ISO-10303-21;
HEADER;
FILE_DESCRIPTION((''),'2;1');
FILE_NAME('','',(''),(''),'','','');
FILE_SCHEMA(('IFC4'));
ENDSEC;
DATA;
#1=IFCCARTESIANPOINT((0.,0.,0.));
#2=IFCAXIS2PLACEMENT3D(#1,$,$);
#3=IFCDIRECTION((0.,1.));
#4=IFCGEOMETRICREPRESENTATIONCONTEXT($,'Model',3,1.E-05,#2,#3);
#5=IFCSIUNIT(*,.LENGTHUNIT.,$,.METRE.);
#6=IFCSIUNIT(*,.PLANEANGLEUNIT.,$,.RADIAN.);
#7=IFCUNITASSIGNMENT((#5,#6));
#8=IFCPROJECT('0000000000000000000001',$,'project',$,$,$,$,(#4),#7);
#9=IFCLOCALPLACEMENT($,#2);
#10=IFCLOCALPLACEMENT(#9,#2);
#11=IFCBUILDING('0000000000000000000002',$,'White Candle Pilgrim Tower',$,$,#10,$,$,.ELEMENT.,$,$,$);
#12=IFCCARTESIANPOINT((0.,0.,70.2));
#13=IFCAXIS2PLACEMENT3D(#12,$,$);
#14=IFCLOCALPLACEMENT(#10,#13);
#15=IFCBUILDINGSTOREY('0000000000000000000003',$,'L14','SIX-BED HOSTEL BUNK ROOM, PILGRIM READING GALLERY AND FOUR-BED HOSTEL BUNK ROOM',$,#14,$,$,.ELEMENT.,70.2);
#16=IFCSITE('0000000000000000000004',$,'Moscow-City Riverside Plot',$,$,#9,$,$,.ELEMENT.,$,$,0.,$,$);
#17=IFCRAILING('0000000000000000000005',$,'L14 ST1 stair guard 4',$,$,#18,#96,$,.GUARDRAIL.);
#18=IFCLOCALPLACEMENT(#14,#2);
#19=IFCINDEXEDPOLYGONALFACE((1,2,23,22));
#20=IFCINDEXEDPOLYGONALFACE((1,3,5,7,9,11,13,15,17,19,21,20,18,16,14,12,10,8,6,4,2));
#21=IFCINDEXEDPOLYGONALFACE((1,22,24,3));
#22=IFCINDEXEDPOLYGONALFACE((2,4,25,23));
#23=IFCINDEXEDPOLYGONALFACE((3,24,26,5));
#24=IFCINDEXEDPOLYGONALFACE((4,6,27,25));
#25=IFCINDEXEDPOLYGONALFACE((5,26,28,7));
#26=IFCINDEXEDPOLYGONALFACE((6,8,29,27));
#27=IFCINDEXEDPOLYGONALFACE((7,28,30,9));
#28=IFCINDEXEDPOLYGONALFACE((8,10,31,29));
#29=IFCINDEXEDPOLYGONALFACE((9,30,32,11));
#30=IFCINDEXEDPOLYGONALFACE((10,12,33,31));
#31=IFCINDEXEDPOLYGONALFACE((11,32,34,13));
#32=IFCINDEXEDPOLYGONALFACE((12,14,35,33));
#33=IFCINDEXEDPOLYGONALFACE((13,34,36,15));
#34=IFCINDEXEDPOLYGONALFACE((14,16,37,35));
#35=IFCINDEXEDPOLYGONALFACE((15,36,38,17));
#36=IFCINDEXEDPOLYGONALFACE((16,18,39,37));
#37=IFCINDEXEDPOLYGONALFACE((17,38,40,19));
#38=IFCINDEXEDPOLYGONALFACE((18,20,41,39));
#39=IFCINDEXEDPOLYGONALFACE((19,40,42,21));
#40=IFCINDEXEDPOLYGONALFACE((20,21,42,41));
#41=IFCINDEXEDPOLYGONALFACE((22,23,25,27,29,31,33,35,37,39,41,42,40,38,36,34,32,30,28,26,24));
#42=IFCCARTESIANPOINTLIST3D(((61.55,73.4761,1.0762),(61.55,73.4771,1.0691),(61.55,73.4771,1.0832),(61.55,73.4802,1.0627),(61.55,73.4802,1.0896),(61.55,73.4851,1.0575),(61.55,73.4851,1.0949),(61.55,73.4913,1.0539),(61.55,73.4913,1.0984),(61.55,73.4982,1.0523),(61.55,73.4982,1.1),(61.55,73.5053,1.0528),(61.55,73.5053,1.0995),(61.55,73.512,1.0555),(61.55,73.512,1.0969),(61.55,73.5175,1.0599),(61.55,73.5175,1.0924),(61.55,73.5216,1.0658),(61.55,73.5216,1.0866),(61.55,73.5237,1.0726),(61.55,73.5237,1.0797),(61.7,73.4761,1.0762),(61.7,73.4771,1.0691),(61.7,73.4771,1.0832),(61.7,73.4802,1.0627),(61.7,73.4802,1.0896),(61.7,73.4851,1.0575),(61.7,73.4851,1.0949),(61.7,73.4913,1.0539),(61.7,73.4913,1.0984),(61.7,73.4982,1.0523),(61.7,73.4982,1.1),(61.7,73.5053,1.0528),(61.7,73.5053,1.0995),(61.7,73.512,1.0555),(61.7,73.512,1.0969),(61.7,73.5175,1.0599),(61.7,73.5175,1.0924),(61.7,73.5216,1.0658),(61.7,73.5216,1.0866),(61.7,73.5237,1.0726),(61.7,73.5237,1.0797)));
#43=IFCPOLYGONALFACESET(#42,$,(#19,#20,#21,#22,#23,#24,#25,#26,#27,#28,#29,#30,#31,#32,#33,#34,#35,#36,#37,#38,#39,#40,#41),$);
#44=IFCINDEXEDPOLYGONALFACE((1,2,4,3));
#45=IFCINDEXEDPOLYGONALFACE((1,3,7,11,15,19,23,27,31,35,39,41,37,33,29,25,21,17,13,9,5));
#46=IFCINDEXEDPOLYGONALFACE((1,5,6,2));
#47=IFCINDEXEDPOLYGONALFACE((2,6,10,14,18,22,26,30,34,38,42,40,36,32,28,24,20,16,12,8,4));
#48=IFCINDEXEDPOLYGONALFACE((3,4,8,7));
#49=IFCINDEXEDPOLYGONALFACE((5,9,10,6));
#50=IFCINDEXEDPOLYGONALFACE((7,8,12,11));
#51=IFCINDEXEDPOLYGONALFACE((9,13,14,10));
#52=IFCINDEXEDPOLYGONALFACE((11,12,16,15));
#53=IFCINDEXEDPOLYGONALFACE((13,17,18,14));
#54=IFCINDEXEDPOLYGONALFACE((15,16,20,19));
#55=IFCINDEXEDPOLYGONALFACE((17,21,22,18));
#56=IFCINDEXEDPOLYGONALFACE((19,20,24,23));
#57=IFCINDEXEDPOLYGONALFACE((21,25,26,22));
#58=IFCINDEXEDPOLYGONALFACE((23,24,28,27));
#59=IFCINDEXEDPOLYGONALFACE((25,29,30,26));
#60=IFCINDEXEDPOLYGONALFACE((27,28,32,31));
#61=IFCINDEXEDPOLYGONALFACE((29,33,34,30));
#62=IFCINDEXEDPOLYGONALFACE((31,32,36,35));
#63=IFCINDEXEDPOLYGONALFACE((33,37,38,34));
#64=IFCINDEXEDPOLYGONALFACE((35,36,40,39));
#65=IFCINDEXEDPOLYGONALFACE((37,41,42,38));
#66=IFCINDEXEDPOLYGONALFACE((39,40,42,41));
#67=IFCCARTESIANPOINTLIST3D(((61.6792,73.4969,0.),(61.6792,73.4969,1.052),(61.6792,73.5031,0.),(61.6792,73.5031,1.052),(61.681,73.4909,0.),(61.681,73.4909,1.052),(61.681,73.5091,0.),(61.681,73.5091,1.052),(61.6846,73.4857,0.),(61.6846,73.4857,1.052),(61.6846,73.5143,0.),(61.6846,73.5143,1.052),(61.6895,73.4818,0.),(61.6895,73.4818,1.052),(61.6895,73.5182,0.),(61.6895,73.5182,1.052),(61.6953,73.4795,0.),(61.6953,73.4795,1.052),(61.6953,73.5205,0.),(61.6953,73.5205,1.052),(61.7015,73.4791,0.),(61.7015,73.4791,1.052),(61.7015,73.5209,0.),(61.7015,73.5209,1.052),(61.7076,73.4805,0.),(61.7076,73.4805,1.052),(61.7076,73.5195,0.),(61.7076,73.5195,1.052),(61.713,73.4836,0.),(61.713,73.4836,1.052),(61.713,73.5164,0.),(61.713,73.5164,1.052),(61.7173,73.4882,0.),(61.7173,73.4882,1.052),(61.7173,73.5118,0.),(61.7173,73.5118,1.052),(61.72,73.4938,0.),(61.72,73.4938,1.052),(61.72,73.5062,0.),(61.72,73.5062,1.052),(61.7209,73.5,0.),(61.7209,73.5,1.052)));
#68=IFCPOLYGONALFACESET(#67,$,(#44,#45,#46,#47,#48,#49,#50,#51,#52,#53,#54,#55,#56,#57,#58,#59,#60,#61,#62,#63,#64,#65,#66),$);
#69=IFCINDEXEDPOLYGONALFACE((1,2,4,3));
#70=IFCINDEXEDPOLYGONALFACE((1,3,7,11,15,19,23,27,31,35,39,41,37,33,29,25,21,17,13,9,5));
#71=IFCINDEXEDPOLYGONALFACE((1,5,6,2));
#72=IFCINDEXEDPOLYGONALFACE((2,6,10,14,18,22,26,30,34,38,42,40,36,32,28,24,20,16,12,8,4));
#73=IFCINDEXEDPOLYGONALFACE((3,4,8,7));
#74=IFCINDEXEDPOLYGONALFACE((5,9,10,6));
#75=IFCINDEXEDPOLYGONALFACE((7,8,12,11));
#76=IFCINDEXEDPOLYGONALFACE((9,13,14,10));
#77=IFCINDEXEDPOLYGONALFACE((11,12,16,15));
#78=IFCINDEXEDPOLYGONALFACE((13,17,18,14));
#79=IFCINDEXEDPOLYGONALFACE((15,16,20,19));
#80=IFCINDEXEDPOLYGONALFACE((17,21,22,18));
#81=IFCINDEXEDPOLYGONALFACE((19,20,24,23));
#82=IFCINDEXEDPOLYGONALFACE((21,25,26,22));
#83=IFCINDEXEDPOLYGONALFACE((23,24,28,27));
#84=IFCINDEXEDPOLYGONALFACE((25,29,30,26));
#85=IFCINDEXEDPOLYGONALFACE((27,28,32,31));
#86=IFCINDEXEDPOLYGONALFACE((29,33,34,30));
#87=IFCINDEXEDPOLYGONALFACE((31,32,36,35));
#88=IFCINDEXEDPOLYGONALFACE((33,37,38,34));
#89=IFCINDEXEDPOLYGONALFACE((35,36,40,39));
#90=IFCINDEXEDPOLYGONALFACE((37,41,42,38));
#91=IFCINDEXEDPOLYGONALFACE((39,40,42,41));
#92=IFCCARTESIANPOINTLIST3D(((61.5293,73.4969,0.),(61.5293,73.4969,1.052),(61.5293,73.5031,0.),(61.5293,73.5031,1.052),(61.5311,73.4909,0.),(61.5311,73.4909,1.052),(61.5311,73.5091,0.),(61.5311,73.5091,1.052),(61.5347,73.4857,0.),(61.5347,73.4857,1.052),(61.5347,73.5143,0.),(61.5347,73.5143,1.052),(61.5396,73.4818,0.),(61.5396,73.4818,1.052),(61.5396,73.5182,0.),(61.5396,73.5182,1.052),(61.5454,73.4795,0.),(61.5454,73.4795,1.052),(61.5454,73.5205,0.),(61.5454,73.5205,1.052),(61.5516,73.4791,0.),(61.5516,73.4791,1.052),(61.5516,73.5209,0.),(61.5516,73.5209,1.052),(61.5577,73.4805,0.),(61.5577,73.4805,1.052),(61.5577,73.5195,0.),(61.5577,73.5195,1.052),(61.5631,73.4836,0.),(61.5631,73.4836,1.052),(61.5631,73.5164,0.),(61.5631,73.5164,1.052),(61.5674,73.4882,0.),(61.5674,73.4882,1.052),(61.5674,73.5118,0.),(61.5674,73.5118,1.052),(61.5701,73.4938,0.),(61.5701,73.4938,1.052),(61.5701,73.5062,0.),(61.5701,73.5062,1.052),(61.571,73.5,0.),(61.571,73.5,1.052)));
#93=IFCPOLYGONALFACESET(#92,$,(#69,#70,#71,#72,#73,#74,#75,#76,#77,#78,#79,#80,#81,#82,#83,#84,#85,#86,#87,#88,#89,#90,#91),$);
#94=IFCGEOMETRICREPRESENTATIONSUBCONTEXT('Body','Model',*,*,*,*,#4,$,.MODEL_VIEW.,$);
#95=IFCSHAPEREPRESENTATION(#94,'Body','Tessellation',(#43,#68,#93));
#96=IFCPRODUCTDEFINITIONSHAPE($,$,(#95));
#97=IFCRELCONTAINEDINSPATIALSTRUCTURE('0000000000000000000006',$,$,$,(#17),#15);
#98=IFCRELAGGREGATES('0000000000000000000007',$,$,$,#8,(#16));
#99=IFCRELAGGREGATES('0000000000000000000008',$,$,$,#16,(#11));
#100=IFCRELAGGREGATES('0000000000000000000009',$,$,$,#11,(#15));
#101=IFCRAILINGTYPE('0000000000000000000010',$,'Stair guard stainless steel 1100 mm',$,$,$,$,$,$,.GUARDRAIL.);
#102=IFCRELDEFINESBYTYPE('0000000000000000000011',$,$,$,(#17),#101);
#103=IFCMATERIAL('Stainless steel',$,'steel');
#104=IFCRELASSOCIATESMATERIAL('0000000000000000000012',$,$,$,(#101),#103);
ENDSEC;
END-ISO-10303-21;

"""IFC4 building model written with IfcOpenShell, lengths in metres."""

from ifc_helpers import new_model, si_unit, direction, frame, origin, origin_2d, place, context, subcontext, project, spatial, circle, extrude, material, type_object, element, save


model = new_model("IFC4")

# Units and contexts
model_context = context("Model", 3, precision=1e-05, world=origin(), true_north=direction((0.0, 1.0)))
body_context = subcontext(model_context, "Body", "Model", "MODEL_VIEW")
ifc_project = project(units=[si_unit("LENGTHUNIT", "METRE"), si_unit("PLANEANGLEUNIT", "RADIAN")], contexts=[model_context])

# Site, building, storey
site_placement = place(None, origin())
site = spatial("IfcSite", under=ifc_project, at=site_placement, Name="Moscow-City Riverside Plot", CompositionType="ELEMENT", RefElevation=0.0)
building_placement = place(site_placement, origin())
building = spatial("IfcBuilding", under=site, at=building_placement, Name="White Candle Pilgrim Tower", CompositionType="ELEMENT")
storey_placement = place(building_placement, frame((0.0, 0.0, 70.2)))
storey = spatial("IfcBuildingStorey", under=building, at=storey_placement, Name="L14", Description="SIX-BED HOSTEL BUNK ROOM, PILGRIM READING GALLERY AND FOUR-BED HOSTEL BUNK ROOM", CompositionType="ELEMENT", Elevation=70.2)

# Shared definitions
ifc_material_1 = material(Name="Stainless steel", Category="steel")

# Railing
railing_type_1 = type_object("IfcRailingType", Name="Stair guard stainless steel 1100 mm", PredefinedType="GUARDRAIL", material=ifc_material_1)
railing_1_placement = place(storey_placement, frame((61.7, 73.5, 0.0)))
element("IfcRailing", 1, at=railing_1_placement, inside=storey, type_object=railing_type_1, Name="L14 ST1 stair guard 4", PredefinedType="GUARDRAIL", context=body_context, shape_type="SweptSolid", body=[
    extrude(circle(Radius=0.0239, at=origin_2d()), frame((0.0, 0.0, 1.0762), z_axis=(-1.0, 0.0, 0.0), x_axis=(0.0, -1.0, 0.0)), (0.0, 0.0, 1.0), 0.1499),
    extrude(circle(Radius=0.021, at=origin_2d()), origin(), (0.0, 0.0, 1.0), 1.052),
    extrude(circle(Radius=0.021, at=origin_2d()), frame((-0.1499, 0.0, 0.0)), (0.0, 0.0, 1.0), 1.052),
])

save(model, "model.ifc")
